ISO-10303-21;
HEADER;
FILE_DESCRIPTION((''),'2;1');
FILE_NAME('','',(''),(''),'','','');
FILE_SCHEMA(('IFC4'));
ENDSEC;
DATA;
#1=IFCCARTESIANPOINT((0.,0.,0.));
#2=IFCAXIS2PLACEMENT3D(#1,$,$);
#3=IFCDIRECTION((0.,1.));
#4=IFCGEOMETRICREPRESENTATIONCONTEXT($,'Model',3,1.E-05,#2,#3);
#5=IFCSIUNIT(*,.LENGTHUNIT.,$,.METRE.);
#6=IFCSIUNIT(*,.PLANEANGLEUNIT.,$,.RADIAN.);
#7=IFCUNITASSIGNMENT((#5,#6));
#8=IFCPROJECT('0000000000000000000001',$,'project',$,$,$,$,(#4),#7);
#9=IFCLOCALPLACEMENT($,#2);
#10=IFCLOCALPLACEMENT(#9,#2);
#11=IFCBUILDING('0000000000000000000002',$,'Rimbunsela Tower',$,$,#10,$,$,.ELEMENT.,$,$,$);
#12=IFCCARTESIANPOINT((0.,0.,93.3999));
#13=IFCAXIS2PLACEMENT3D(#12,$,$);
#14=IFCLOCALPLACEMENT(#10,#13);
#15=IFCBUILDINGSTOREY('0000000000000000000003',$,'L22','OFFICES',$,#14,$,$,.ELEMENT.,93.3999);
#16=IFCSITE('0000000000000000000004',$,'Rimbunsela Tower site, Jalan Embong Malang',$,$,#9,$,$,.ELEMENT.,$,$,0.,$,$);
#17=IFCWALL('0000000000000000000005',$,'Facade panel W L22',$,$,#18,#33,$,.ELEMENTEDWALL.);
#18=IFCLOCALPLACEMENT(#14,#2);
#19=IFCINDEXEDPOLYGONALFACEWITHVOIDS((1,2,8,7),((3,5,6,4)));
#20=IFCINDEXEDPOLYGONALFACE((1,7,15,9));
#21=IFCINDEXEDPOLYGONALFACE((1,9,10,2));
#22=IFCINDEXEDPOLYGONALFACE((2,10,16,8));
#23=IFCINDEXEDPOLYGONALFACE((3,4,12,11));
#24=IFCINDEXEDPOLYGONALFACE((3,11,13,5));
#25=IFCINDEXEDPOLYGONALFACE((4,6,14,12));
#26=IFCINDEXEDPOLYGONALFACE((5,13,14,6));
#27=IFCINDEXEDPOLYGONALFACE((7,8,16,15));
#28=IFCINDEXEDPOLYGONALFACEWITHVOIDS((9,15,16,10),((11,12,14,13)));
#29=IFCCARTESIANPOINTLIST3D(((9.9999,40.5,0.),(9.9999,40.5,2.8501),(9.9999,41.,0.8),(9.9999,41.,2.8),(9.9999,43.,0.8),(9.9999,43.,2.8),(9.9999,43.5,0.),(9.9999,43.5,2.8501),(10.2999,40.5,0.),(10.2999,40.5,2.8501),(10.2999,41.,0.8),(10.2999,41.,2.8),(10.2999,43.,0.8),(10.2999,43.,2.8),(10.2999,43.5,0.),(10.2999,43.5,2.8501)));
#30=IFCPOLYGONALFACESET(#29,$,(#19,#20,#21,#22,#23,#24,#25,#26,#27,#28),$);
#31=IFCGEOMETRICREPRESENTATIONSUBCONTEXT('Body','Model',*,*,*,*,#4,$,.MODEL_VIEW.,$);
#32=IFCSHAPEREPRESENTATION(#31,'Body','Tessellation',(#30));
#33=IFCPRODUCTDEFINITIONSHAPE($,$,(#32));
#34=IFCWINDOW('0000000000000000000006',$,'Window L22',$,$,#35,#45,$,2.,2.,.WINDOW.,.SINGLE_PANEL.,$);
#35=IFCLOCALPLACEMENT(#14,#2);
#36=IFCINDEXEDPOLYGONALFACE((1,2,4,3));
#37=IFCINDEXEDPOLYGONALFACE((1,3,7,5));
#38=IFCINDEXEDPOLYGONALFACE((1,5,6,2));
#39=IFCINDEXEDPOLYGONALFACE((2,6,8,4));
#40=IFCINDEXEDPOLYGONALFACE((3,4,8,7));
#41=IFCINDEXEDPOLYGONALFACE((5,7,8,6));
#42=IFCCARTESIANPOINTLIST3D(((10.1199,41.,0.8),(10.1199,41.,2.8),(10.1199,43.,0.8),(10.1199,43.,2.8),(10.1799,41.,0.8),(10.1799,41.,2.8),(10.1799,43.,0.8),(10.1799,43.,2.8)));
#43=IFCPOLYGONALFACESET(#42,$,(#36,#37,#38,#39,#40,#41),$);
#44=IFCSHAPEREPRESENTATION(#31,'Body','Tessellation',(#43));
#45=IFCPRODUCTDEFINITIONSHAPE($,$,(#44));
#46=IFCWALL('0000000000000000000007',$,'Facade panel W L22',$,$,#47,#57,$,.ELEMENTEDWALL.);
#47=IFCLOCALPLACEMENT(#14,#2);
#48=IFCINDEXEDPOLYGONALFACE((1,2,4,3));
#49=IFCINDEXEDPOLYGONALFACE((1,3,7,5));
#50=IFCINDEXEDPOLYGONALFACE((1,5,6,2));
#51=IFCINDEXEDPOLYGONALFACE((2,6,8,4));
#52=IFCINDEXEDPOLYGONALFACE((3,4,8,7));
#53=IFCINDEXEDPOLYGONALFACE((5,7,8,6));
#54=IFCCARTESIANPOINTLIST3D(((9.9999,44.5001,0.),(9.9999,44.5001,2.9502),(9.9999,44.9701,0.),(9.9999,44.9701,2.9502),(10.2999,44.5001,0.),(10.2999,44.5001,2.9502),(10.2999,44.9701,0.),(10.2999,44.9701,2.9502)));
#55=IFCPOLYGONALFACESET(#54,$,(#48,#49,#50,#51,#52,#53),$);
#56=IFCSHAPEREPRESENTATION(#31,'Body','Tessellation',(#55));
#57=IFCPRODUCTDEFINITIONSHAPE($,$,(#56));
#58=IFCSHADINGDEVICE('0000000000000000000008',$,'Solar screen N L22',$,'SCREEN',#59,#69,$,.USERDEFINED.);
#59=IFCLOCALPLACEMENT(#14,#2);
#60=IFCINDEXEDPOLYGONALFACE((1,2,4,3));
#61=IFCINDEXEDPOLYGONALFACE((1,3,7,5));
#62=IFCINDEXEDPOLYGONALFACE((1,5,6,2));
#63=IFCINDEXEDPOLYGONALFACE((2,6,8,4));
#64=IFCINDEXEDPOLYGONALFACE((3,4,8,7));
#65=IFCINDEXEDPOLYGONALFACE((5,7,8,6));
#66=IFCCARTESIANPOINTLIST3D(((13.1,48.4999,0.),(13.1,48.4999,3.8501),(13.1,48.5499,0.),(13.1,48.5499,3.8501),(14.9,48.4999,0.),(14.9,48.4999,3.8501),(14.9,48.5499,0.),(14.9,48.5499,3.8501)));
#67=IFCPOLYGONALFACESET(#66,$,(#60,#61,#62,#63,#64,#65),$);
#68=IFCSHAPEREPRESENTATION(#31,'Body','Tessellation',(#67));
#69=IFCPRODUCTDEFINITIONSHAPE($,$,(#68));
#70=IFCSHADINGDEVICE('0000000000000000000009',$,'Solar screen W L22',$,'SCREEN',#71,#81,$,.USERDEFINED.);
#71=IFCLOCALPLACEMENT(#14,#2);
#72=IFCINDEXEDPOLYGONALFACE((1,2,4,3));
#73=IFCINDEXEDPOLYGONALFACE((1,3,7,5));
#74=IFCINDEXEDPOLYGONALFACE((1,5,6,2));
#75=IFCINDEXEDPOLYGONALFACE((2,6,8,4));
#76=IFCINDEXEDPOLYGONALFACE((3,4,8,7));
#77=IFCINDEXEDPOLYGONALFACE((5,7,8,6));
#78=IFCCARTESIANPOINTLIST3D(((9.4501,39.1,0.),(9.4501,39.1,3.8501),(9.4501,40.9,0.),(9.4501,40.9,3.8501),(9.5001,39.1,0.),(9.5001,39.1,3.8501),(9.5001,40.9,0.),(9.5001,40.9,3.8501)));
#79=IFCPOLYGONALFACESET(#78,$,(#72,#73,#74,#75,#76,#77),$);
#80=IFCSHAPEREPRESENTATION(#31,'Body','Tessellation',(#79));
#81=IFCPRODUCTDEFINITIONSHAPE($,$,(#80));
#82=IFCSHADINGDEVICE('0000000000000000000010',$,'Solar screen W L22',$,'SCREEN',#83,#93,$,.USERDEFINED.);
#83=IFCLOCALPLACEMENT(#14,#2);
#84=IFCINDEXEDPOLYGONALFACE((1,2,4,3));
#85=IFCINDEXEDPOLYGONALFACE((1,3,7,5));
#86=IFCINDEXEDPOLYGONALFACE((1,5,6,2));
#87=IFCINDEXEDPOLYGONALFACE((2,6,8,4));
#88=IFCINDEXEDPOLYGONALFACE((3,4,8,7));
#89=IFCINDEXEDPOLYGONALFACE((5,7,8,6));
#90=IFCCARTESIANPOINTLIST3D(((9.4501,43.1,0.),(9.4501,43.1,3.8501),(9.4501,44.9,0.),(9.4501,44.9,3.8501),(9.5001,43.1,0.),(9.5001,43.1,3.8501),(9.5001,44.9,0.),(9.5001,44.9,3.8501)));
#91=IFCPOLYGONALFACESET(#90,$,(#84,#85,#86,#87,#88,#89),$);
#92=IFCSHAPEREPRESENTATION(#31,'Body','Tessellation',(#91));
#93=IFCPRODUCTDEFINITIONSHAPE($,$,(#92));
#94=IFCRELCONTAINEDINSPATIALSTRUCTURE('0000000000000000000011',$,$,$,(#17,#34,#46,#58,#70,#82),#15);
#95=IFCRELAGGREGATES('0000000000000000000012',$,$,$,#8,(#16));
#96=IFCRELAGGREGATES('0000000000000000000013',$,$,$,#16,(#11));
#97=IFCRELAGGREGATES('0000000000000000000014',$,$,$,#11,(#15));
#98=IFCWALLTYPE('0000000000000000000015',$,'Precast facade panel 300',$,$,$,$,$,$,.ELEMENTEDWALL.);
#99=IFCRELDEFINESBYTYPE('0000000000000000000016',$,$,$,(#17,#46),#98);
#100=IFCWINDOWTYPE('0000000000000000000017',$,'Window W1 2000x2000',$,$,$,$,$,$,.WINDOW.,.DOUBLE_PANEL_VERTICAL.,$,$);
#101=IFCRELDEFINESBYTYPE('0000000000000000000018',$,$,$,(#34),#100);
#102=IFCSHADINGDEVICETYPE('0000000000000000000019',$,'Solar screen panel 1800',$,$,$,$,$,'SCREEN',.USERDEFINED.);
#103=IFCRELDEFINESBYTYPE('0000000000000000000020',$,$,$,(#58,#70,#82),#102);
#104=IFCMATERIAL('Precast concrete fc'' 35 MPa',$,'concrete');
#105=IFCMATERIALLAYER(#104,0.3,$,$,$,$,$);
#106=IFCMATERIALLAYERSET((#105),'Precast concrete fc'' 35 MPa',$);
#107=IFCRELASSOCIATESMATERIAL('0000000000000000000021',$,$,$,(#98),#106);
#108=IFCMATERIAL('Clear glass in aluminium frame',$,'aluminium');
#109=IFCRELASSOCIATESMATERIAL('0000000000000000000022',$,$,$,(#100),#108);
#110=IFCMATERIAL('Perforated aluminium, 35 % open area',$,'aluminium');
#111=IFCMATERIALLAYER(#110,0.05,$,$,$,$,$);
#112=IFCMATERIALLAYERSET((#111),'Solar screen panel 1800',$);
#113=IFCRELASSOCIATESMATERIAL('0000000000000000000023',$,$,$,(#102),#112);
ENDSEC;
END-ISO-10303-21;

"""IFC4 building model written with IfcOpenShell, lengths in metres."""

from ifc_helpers import new_model, si_unit, direction, frame, frame_2d, origin, origin_2d, place, context, subcontext, project, spatial, rectangle, extrude, material, layer, layer_set, type_object, element, fill, save


model = new_model("IFC4")

# Units and contexts
model_context = context("Model", 3, precision=1e-05, world=origin(), true_north=direction((0.0, 1.0)))
body_context = subcontext(model_context, "Body", "Model", "MODEL_VIEW")
ifc_project = project(units=[si_unit("LENGTHUNIT", "METRE"), si_unit("PLANEANGLEUNIT", "RADIAN")], contexts=[model_context])

# Site, building, storey
site_placement = place(None, origin())
site = spatial("IfcSite", under=ifc_project, at=site_placement, Name="Rimbunsela Tower site, Jalan Embong Malang", CompositionType="ELEMENT", RefElevation=0.0)
building_placement = place(site_placement, origin())
building = spatial("IfcBuilding", under=site, at=building_placement, Name="Rimbunsela Tower", CompositionType="ELEMENT")
storey_placement = place(building_placement, frame((0.0, 0.0, 93.3999)))
storey = spatial("IfcBuildingStorey", under=building, at=storey_placement, Name="L22", Description="OFFICES", CompositionType="ELEMENT", Elevation=93.3999)

# Shared definitions
ifc_material_1 = material(Name="Precast concrete fc' 35 MPa", Category="concrete")
ifc_layer_1 = layer(ifc_material_1, 0.3)
ifc_layer_set_1 = layer_set([ifc_layer_1], Name="Precast concrete fc' 35 MPa")
wall_type = type_object("IfcWallType", Name="Precast facade panel 300", PredefinedType="ELEMENTEDWALL", material=ifc_layer_set_1)

# Wall, opening, window
ifc_material_2 = material(Name="Clear glass in aluminium frame", Category="aluminium")
window_type = type_object("IfcWindowType", Name="Window W1 2000x2000", PartitioningType="DOUBLE_PANEL_VERTICAL", PredefinedType="WINDOW", material=ifc_material_2)
wall_1_placement = place(storey_placement, frame((10.1499, 43.5, 0.0), z_axis=(0.0, 0.0, 1.0), x_axis=(0.0, -1.0, 0.0)))
wall_1 = element("IfcWall", 1, at=wall_1_placement, inside=storey, type_object=wall_type, Name="Facade panel W L22", PredefinedType="ELEMENTEDWALL", context=body_context, shape_type="SweptSolid", body=[
    extrude(rectangle(XDim=3.0, YDim=0.3, at=frame_2d((1.5, 0.0))), origin(), (0.0, 0.0, 1.0), 2.8501),
])
opening_1_placement = place(wall_1_placement, frame((0.5, 0.0, 0.8)))
opening_1 = element("IfcOpeningElement", 2, at=opening_1_placement, cuts=wall_1, PredefinedType="OPENING", context=body_context, shape_type="SweptSolid", body=[
    extrude(rectangle(XDim=2.0, YDim=2.0, at=frame_2d((1.0, 1.0))), frame((0.0, 0.1599, 0.0), z_axis=(0.0, -1.0, 0.0), x_axis=(1.0, 0.0, 0.0)), (0.0, 0.0, 1.0), 0.3201),
])
window_1_placement = place(opening_1_placement, origin())
window_1 = element("IfcWindow", 3, at=window_1_placement, inside=storey, type_object=window_type, Name="Window L22", OverallHeight=2.0, OverallWidth=2.0, PartitioningType="SINGLE_PANEL", PredefinedType="WINDOW", context=body_context, shape_type="SweptSolid", body=[
    extrude(rectangle(XDim=2.0, YDim=2.0, at=frame_2d((1.0, 1.0))), frame((0.0, 0.03, 0.0), z_axis=(0.0, -1.0, 0.0), x_axis=(1.0, 0.0, 0.0)), (0.0, 0.0, 1.0), 0.0601),
])
fill(opening_1, window_1)

# Wall
wall_2_placement = place(storey_placement, frame((10.1499, 44.97, 0.0), z_axis=(0.0, 0.0, 1.0), x_axis=(0.0, -1.0, 0.0)))
element("IfcWall", 4, at=wall_2_placement, inside=storey, type_object=wall_type, Name="Facade panel W L22", PredefinedType="ELEMENTEDWALL", context=body_context, shape_type="SweptSolid", body=[
    extrude(rectangle(XDim=0.47, YDim=0.3, at=frame_2d((0.2349, 0.0))), origin(), (0.0, 0.0, 1.0), 2.9502),
])

# Shading devices
ifc_material_3 = material(Name="Perforated aluminium, 35 % open area", Category="aluminium")
ifc_layer_2 = layer(ifc_material_3, 0.05)
ifc_layer_set_2 = layer_set([ifc_layer_2], Name="Solar screen panel 1800")
shading_device_type = type_object("IfcShadingDeviceType", Name="Solar screen panel 1800", ElementType="SCREEN", PredefinedType="USERDEFINED", material=ifc_layer_set_2)
for number, where, z_axis, x_axis, name in (
    (5, (14.0, 48.5249, 0.0), (0.0, 0.0, 1.0), (1.0, 0.0, 0.0), "Solar screen N L22"),
    (6, (9.4751, 40.0, 0.0), (0.0, 0.0, 1.0), (0.0, 1.0, 0.0), "Solar screen W L22"),
    (7, (9.4751, 44.0, 0.0), (0.0, 0.0, 1.0), (0.0, 1.0, 0.0), "Solar screen W L22"),
):
    element("IfcShadingDevice", number, at=place(storey_placement, frame(where, z_axis=z_axis, x_axis=x_axis)), inside=storey, type_object=shading_device_type, Name=name, ObjectType="SCREEN", PredefinedType="USERDEFINED", context=body_context, shape_type="SweptSolid", body=[
        extrude(rectangle(XDim=1.8, YDim=0.05, at=origin_2d()), origin(), (0.0, 0.0, 1.0), 3.8501),
    ])

save(model, "model.ifc")
